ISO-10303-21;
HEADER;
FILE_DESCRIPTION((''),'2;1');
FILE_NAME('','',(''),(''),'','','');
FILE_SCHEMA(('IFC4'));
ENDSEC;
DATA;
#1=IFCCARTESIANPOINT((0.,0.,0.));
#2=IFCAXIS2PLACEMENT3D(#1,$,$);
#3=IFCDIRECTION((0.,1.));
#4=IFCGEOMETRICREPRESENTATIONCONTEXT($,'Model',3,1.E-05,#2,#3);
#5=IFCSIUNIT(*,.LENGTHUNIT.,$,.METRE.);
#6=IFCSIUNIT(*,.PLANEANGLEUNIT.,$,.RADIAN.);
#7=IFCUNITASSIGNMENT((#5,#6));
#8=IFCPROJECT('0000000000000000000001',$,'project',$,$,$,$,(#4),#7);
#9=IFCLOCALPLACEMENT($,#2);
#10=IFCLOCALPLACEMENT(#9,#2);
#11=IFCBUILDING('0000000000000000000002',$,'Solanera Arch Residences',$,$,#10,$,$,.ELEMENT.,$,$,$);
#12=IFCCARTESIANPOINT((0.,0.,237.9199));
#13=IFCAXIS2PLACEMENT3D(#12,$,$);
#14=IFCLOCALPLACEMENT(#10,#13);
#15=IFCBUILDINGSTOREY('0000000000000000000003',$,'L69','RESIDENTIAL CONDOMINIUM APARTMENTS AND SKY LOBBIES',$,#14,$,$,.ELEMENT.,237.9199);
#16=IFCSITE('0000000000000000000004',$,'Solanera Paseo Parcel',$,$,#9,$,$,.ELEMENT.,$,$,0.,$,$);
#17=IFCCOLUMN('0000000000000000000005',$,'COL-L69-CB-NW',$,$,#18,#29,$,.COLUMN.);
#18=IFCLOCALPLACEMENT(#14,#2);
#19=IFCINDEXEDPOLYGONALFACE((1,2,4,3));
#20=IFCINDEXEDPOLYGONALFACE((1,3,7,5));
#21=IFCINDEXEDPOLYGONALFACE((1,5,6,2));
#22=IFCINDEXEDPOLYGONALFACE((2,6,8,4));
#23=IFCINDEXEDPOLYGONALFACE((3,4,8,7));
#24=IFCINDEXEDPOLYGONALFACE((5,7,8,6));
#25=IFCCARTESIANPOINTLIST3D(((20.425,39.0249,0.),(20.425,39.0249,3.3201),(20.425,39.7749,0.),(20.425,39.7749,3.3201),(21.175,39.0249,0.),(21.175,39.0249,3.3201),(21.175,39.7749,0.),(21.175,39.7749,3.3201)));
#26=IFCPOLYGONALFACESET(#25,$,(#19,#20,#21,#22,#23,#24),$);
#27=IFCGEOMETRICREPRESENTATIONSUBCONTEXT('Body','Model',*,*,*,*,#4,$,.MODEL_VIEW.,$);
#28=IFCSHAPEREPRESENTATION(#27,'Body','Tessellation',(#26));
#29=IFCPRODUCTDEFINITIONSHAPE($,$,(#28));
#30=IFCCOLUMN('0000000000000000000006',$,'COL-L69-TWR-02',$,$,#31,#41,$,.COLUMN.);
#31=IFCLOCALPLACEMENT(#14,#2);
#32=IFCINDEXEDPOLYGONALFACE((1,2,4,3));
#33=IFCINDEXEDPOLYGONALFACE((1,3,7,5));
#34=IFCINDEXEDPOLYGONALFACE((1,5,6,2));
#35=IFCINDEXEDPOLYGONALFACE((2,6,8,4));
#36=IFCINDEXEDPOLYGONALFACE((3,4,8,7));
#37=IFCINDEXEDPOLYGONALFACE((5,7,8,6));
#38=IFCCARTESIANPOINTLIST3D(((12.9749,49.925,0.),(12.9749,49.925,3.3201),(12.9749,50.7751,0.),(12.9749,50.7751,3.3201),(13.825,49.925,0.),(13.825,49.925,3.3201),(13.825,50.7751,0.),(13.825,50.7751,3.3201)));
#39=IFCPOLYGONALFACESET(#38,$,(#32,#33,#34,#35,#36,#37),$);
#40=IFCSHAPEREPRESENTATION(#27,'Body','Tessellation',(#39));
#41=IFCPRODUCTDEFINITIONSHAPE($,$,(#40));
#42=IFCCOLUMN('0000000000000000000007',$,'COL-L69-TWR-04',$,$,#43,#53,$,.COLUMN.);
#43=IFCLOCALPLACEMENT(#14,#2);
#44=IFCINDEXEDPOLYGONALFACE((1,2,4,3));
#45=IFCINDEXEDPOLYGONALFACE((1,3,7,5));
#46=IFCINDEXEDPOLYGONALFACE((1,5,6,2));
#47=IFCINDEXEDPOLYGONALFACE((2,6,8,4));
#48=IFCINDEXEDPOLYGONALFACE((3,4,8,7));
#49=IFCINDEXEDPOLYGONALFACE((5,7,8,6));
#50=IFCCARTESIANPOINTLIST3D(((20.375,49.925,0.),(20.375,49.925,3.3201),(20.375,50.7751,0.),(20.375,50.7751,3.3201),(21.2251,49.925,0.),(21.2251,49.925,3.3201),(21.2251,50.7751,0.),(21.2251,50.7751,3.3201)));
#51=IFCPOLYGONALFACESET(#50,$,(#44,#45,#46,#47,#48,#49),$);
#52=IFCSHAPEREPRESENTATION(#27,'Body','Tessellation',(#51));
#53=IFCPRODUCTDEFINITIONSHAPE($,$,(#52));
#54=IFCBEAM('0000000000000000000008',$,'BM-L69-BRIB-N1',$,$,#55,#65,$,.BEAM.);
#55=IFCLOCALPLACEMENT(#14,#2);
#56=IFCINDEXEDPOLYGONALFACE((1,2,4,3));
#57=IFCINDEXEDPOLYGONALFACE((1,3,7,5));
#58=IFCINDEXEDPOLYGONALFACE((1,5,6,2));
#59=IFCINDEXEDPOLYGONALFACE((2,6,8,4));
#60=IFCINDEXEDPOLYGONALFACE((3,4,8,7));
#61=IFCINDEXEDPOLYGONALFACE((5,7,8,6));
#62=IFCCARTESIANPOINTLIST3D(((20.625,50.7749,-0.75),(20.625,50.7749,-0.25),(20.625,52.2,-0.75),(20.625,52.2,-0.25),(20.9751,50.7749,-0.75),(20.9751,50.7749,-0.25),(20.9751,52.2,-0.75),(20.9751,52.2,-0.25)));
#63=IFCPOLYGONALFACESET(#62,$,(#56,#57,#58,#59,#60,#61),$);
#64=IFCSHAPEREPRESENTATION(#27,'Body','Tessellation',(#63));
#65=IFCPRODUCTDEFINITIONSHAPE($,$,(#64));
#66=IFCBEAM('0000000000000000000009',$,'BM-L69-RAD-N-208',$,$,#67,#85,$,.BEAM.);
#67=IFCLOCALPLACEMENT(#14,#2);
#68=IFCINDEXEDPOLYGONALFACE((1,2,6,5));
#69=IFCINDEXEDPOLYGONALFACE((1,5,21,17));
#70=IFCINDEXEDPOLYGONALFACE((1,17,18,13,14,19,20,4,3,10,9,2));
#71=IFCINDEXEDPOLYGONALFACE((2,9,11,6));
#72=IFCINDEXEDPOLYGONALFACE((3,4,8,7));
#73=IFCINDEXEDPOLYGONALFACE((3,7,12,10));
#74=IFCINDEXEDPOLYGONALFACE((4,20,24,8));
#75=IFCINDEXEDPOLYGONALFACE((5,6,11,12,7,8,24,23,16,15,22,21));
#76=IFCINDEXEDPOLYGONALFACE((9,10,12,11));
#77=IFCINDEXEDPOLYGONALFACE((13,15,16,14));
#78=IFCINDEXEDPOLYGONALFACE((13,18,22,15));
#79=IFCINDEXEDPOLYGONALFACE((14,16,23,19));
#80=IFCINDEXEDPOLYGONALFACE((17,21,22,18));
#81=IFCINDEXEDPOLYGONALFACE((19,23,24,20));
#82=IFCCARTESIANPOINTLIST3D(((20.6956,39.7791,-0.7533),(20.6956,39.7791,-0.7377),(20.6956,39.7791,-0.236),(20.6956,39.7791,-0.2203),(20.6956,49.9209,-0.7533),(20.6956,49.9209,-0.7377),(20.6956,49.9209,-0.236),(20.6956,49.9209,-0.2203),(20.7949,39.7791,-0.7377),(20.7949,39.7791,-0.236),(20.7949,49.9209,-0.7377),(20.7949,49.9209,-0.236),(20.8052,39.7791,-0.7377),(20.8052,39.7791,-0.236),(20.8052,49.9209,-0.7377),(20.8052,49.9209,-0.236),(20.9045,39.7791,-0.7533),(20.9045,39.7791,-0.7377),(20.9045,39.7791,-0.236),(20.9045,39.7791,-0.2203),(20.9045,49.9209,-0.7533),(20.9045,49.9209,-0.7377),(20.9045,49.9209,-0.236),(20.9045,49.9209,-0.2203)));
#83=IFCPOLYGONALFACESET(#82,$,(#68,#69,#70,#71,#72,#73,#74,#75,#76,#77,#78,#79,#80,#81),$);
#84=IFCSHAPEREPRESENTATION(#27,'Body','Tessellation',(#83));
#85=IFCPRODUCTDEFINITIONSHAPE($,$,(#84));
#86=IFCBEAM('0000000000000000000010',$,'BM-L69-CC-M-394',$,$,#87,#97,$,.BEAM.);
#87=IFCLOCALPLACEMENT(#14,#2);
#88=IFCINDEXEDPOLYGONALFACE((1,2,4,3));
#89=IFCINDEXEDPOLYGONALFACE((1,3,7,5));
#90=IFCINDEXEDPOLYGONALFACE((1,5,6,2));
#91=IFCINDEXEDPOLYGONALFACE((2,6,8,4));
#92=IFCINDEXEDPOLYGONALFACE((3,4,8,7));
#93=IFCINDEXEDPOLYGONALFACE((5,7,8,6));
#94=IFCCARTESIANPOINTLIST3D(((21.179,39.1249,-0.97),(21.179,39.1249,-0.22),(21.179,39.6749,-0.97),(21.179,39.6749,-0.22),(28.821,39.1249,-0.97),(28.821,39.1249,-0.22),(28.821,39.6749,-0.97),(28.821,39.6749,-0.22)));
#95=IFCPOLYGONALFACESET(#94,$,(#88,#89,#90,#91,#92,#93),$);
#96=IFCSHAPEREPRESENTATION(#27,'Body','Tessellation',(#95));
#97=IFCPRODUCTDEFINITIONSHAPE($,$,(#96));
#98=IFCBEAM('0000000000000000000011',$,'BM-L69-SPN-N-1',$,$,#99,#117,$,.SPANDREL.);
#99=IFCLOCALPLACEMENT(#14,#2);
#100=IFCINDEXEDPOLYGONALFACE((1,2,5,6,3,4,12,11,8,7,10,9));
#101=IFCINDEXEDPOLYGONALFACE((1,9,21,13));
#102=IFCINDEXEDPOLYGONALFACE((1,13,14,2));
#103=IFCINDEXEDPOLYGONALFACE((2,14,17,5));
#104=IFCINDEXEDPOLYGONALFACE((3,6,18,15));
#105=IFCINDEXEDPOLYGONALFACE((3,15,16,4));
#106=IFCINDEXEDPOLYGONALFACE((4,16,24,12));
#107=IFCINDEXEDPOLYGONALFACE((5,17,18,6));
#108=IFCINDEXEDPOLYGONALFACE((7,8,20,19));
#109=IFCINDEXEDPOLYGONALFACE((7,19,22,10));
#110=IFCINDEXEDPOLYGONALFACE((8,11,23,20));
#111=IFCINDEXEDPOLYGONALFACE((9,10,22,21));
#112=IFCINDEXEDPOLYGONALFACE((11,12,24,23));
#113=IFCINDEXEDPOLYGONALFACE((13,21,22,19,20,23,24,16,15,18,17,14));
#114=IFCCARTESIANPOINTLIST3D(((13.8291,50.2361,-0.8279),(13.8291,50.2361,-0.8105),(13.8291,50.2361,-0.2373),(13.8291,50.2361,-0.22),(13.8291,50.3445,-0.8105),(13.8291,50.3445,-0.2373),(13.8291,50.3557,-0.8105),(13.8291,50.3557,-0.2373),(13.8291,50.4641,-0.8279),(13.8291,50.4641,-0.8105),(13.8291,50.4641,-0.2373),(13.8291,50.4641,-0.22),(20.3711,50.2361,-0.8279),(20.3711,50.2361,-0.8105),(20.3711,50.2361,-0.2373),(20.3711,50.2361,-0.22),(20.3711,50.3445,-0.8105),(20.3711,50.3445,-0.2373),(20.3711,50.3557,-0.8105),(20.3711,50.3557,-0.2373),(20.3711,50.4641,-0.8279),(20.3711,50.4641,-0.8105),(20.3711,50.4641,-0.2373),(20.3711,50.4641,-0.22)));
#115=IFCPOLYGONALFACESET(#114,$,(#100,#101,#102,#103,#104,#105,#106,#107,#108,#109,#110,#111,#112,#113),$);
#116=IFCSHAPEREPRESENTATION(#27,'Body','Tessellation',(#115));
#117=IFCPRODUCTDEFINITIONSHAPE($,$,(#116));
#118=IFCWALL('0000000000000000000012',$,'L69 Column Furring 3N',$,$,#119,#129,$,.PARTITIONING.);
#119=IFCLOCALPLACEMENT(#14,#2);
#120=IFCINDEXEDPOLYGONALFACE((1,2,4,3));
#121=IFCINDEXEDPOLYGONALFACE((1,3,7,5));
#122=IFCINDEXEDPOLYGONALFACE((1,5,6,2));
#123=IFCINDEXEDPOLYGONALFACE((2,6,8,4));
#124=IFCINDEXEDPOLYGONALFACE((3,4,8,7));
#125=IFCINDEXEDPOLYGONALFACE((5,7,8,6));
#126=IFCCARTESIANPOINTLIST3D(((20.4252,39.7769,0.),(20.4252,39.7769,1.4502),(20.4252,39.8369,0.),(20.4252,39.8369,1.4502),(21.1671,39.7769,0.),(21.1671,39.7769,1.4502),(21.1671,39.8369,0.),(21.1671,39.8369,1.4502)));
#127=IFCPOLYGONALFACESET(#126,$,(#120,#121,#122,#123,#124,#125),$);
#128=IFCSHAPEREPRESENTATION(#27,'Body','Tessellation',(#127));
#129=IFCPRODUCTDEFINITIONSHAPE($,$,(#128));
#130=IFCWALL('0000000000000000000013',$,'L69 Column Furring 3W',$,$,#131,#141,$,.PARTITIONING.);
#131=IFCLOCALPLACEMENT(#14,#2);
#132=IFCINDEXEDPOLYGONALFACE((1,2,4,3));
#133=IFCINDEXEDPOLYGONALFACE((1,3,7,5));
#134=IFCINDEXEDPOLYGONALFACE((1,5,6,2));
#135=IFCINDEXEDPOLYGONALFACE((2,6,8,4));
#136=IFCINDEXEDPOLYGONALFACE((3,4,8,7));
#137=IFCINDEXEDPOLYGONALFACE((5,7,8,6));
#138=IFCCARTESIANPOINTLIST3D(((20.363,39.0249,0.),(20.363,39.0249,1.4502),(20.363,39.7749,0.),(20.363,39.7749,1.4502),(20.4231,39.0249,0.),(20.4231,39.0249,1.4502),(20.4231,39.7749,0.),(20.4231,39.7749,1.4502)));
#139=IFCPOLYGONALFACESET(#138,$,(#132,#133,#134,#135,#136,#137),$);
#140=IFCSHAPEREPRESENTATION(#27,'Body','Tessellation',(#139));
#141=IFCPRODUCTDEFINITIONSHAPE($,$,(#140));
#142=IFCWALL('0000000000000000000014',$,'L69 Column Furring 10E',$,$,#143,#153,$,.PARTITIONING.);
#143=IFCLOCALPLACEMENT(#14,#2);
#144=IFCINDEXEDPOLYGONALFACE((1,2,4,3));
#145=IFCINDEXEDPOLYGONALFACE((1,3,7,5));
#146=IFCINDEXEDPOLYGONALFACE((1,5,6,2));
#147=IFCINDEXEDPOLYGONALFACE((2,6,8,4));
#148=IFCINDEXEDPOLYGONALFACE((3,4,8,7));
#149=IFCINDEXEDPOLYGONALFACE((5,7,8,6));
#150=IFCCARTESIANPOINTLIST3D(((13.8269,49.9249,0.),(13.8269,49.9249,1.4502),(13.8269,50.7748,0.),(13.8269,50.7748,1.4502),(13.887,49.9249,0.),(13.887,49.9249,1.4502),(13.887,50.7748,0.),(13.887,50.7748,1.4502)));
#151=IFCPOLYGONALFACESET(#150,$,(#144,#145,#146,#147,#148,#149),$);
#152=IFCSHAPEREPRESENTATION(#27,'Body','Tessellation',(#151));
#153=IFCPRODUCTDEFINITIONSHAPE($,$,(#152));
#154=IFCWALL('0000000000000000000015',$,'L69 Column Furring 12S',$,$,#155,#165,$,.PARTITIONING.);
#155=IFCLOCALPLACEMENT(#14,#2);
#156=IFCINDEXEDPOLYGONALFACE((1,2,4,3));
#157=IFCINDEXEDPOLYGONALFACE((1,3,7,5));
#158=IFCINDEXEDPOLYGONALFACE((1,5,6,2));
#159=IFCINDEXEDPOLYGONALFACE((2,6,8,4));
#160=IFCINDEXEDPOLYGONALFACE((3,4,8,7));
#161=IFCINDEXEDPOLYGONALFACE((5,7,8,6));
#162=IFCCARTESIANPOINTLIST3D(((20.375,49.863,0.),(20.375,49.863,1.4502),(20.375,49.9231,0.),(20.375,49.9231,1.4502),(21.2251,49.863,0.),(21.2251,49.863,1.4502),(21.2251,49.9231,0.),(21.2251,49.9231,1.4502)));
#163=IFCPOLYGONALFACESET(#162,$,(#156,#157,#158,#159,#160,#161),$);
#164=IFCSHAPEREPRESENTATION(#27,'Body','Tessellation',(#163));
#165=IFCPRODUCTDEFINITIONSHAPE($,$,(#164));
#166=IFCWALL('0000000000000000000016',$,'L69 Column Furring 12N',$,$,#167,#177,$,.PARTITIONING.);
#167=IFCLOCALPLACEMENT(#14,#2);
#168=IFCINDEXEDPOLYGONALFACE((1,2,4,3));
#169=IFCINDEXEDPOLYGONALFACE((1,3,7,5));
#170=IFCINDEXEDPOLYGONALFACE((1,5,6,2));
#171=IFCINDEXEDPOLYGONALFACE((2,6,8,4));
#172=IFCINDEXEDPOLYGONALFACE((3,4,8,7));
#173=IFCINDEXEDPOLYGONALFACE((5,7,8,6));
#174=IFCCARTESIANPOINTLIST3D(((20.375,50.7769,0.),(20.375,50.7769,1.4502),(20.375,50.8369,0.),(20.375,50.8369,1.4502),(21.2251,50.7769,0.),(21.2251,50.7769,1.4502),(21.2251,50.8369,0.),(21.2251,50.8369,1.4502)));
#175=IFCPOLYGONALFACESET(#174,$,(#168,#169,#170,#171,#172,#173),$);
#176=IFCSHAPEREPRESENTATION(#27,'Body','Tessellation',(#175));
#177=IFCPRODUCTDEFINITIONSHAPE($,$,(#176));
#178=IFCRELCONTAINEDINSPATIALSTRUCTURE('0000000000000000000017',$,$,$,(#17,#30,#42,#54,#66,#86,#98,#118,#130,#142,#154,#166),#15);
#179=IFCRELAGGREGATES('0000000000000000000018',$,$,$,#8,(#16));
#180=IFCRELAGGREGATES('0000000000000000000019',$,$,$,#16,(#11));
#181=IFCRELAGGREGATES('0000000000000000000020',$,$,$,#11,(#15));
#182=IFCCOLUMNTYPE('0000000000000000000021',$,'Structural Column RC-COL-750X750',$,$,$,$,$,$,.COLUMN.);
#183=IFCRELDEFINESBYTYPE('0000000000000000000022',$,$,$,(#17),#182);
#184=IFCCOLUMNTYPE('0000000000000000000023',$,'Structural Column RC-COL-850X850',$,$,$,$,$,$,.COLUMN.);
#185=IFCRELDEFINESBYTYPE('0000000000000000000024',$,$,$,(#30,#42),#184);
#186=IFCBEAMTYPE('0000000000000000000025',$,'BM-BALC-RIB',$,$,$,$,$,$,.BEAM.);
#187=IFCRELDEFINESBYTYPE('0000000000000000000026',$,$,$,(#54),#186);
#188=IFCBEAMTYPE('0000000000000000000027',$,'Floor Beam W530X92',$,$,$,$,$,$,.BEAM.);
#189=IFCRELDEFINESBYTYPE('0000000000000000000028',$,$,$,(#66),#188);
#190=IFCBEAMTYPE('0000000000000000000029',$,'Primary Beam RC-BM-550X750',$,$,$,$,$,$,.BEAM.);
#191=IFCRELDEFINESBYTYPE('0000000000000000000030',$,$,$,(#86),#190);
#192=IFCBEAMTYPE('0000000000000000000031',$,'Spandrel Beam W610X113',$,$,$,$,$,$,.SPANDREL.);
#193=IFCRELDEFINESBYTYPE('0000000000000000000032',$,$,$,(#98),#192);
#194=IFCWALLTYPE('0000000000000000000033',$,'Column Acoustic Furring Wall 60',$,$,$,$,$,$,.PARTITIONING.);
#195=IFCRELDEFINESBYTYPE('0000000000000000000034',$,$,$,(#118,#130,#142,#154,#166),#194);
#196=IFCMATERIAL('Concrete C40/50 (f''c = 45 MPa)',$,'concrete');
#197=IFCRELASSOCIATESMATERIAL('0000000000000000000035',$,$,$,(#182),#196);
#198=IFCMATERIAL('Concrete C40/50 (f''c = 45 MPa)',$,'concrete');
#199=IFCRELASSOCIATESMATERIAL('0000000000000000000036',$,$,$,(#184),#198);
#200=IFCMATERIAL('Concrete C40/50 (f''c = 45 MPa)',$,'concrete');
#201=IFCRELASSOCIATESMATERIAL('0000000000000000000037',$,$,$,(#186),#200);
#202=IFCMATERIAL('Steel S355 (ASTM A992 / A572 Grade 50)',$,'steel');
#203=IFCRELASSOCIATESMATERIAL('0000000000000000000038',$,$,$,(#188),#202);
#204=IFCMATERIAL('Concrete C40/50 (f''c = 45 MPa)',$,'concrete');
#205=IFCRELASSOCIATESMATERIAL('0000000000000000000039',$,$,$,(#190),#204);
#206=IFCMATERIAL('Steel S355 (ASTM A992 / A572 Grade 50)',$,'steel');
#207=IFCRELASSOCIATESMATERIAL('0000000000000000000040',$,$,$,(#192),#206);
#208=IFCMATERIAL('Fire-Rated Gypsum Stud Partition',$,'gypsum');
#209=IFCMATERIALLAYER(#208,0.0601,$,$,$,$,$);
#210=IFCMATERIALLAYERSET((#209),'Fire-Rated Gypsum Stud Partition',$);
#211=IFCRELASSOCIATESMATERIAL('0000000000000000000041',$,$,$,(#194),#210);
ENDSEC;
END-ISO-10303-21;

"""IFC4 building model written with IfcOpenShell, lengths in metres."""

from ifc_helpers import new_model, si_unit, direction, frame, frame_2d, origin, origin_2d, place, context, subcontext, project, spatial, rectangle, i_section, extrude, material, layer, layer_set, material_profile, profile_set, type_object, element, save


model = new_model("IFC4")

# Units and contexts
model_context = context("Model", 3, precision=1e-05, world=origin(), true_north=direction((0.0, 1.0)))
body_context = subcontext(model_context, "Body", "Model", "MODEL_VIEW")
ifc_project = project(units=[si_unit("LENGTHUNIT", "METRE"), si_unit("PLANEANGLEUNIT", "RADIAN")], contexts=[model_context])

# Site, building, storey
site_placement = place(None, origin())
site = spatial("IfcSite", under=ifc_project, at=site_placement, Name="Solanera Paseo Parcel", CompositionType="ELEMENT", RefElevation=0.0)
building_placement = place(site_placement, origin())
building = spatial("IfcBuilding", under=site, at=building_placement, Name="Solanera Arch Residences", CompositionType="ELEMENT")
storey_placement = place(building_placement, frame((0.0, 0.0, 237.9199)))
storey = spatial("IfcBuildingStorey", under=building, at=storey_placement, Name="L69", Description="RESIDENTIAL CONDOMINIUM APARTMENTS AND SKY LOBBIES", CompositionType="ELEMENT", Elevation=237.9199)

# Columns
ifc_material_1 = material(Name="Concrete C40/50 (f'c = 45 MPa)", Category="concrete")
ifc_material_profile_1 = material_profile(ifc_material_1, rectangle(XDim=0.75, YDim=0.75, at=origin_2d()))
ifc_profile_set_1 = profile_set([ifc_material_profile_1], Name="Concrete C40/50 (f'c = 45 MPa)")
column_type_1 = type_object("IfcColumnType", Name="Structural Column RC-COL-750X750", PredefinedType="COLUMN", material=ifc_profile_set_1)
column_placement = place(storey_placement, frame((20.8, 39.3999, 0.0), z_axis=(0.0, 0.0, 1.0), x_axis=(1.0, 0.0, 0.0)))
element("IfcColumn", 1, at=column_placement, inside=storey, type_object=column_type_1, Name="COL-L69-CB-NW", PredefinedType="COLUMN", context=body_context, shape_type="SweptSolid", body=[
    extrude(rectangle(XDim=0.75, YDim=0.75, at=origin_2d()), origin(), (0.0, 0.0, 1.0), 3.3201),
])
ifc_material_2 = material(Name="Concrete C40/50 (f'c = 45 MPa)", Category="concrete")
ifc_material_profile_2 = material_profile(ifc_material_2, rectangle(XDim=0.8501, YDim=0.8501, at=origin_2d()))
ifc_profile_set_2 = profile_set([ifc_material_profile_2], Name="Concrete C40/50 (f'c = 45 MPa)")
column_type_2 = type_object("IfcColumnType", Name="Structural Column RC-COL-850X850", PredefinedType="COLUMN", material=ifc_profile_set_2)
for number, where, z_axis, x_axis, name in (
    (2, (13.3999, 50.3501, 0.0), (0.0, 0.0, 1.0), (1.0, 0.0, 0.0), "COL-L69-TWR-02"),
    (3, (20.8, 50.3501, 0.0), (0.0, 0.0, 1.0), (1.0, 0.0, 0.0), "COL-L69-TWR-04"),
):
    element("IfcColumn", number, at=place(storey_placement, frame(where, z_axis=z_axis, x_axis=x_axis)), inside=storey, type_object=column_type_2, Name=name, PredefinedType="COLUMN", context=body_context, shape_type="SweptSolid", body=[
        extrude(rectangle(XDim=0.8501, YDim=0.8501, at=origin_2d()), origin(), (0.0, 0.0, 1.0), 3.3201),
    ])

# Beams
ifc_material_3 = material(Name="Concrete C40/50 (f'c = 45 MPa)", Category="concrete")
ifc_material_profile_3 = material_profile(ifc_material_3, rectangle(XDim=0.3501, YDim=0.5, at=origin_2d()))
ifc_profile_set_3 = profile_set([ifc_material_profile_3], Name="Concrete C40/50 (f'c = 45 MPa)")
beam_type_1 = type_object("IfcBeamType", Name="BM-BALC-RIB", PredefinedType="BEAM", material=ifc_profile_set_3)
beam_1_placement = place(storey_placement, frame((20.8, 50.7749, -0.5), z_axis=(0.0, 1.0, 0.0), x_axis=(-1.0, 0.0, 0.0)))
element("IfcBeam", 4, at=beam_1_placement, inside=storey, type_object=beam_type_1, Name="BM-L69-BRIB-N1", PredefinedType="BEAM", context=body_context, shape_type="SweptSolid", body=[
    extrude(rectangle(XDim=0.3501, YDim=0.5, at=origin_2d()), origin(), (0.0, 0.0, 1.0), 1.425),
])
ifc_material_4 = material(Name="Steel S355 (ASTM A992 / A572 Grade 50)", Category="steel")
ifc_material_profile_4 = material_profile(ifc_material_4, i_section(OverallWidth=0.209, OverallDepth=0.533, WebThickness=0.0103, FlangeThickness=0.0156, at=origin_2d()))
ifc_profile_set_4 = profile_set([ifc_material_profile_4], Name="Steel S355 (ASTM A992 / A572 Grade 50)")
beam_type_2 = type_object("IfcBeamType", Name="Floor Beam W530X92", PredefinedType="BEAM", material=ifc_profile_set_4)
beam_2_placement = place(storey_placement, frame((20.8, 39.7791, -0.4868), z_axis=(0.0, 1.0, 0.0), x_axis=(-1.0, 0.0, 0.0)))
element("IfcBeam", 5, at=beam_2_placement, inside=storey, type_object=beam_type_2, Name="BM-L69-RAD-N-208", PredefinedType="BEAM", context=body_context, shape_type="SweptSolid", body=[
    extrude(i_section(OverallWidth=0.209, OverallDepth=0.533, WebThickness=0.0103, FlangeThickness=0.0156, at=origin_2d()), origin(), (0.0, 0.0, 1.0), 10.1418),
])
ifc_material_5 = material(Name="Concrete C40/50 (f'c = 45 MPa)", Category="concrete")
ifc_material_profile_5 = material_profile(ifc_material_5, rectangle(XDim=0.55, YDim=0.75, at=origin_2d()))
ifc_profile_set_5 = profile_set([ifc_material_profile_5], Name="Concrete C40/50 (f'c = 45 MPa)")
beam_type_3 = type_object("IfcBeamType", Name="Primary Beam RC-BM-550X750", PredefinedType="BEAM", material=ifc_profile_set_5)
beam_3_placement = place(storey_placement, frame((21.179, 39.3999, -0.595), z_axis=(1.0, 0.0, 0.0), x_axis=(0.0, 1.0, 0.0)))
element("IfcBeam", 6, at=beam_3_placement, inside=storey, type_object=beam_type_3, Name="BM-L69-CC-M-394", PredefinedType="BEAM", context=body_context, shape_type="SweptSolid", body=[
    extrude(rectangle(XDim=0.55, YDim=0.75, at=origin_2d()), origin(), (0.0, 0.0, 1.0), 7.6421),
])
ifc_material_6 = material(Name="Steel S355 (ASTM A992 / A572 Grade 50)", Category="steel")
ifc_material_profile_6 = material_profile(ifc_material_6, i_section(OverallWidth=0.228, OverallDepth=0.6079, WebThickness=0.0112, FlangeThickness=0.0173, at=origin_2d()))
ifc_profile_set_6 = profile_set([ifc_material_profile_6], Name="Steel S355 (ASTM A992 / A572 Grade 50)")
beam_type_4 = type_object("IfcBeamType", Name="Spandrel Beam W610X113", PredefinedType="SPANDREL", material=ifc_profile_set_6)
beam_4_placement = place(storey_placement, frame((13.8291, 50.3501, -0.5239), z_axis=(1.0, 0.0, 0.0), x_axis=(0.0, 1.0, 0.0)))
element("IfcBeam", 7, at=beam_4_placement, inside=storey, type_object=beam_type_4, Name="BM-L69-SPN-N-1", PredefinedType="SPANDREL", context=body_context, shape_type="SweptSolid", body=[
    extrude(i_section(OverallWidth=0.228, OverallDepth=0.6079, WebThickness=0.0112, FlangeThickness=0.0173, at=origin_2d()), origin(), (0.0, 0.0, 1.0), 6.542),
])

# Walls
ifc_material_7 = material(Name="Fire-Rated Gypsum Stud Partition", Category="gypsum")
ifc_layer_1 = layer(ifc_material_7, 0.0601)
ifc_layer_set_1 = layer_set([ifc_layer_1], Name="Fire-Rated Gypsum Stud Partition")
wall_type_1 = type_object("IfcWallType", Name="Column Acoustic Furring Wall 60", PredefinedType="PARTITIONING", material=ifc_layer_set_1)
wall_1_placement = place(storey_placement, frame((20.425, 39.8069, 0.0), z_axis=(0.0, 0.0, 1.0), x_axis=(1.0, 0.0, 0.0)))
element("IfcWall", 8, at=wall_1_placement, inside=storey, type_object=wall_type_1, Name="L69 Column Furring 3N", PredefinedType="PARTITIONING", context=body_context, shape_type="SweptSolid", body=[
    extrude(rectangle(XDim=0.7419, YDim=0.0601, at=frame_2d((0.3711, 0.0))), origin(), (0.0, 0.0, 1.0), 1.4502),
])
wall_2_placement = place(storey_placement, frame((20.3931, 39.0249, 0.0), z_axis=(0.0, 0.0, 1.0), x_axis=(0.0, 1.0, 0.0)))
element("IfcWall", 9, at=wall_2_placement, inside=storey, type_object=wall_type_1, Name="L69 Column Furring 3W", PredefinedType="PARTITIONING", context=body_context, shape_type="SweptSolid", body=[
    extrude(rectangle(XDim=0.75, YDim=0.0601, at=frame_2d((0.375, 0.0))), origin(), (0.0, 0.0, 1.0), 1.4502),
])
wall_3_placement = place(storey_placement, frame((13.8569, 49.925, 0.0), z_axis=(0.0, 0.0, 1.0), x_axis=(0.0, 1.0, 0.0)))
element("IfcWall", 10, at=wall_3_placement, inside=storey, type_object=wall_type_1, Name="L69 Column Furring 10E", PredefinedType="PARTITIONING", context=body_context, shape_type="SweptSolid", body=[
    extrude(rectangle(XDim=0.8499, YDim=0.0601, at=frame_2d((0.4248, 0.0))), origin(), (0.0, 0.0, 1.0), 1.4502),
])
for number, where, z_axis, x_axis, name in (
    (11, (20.375, 49.8931, 0.0), (0.0, 0.0, 1.0), (1.0, 0.0, 0.0), "L69 Column Furring 12S"),
    (12, (20.375, 50.8069, 0.0), (0.0, 0.0, 1.0), (1.0, 0.0, 0.0), "L69 Column Furring 12N"),
):
    element("IfcWall", number, at=place(storey_placement, frame(where, z_axis=z_axis, x_axis=x_axis)), inside=storey, type_object=wall_type_1, Name=name, PredefinedType="PARTITIONING", context=body_context, shape_type="SweptSolid", body=[
        extrude(rectangle(XDim=0.8501, YDim=0.0601, at=frame_2d((0.425, 0.0))), origin(), (0.0, 0.0, 1.0), 1.4502),
    ])

save(model, "model.ifc")
